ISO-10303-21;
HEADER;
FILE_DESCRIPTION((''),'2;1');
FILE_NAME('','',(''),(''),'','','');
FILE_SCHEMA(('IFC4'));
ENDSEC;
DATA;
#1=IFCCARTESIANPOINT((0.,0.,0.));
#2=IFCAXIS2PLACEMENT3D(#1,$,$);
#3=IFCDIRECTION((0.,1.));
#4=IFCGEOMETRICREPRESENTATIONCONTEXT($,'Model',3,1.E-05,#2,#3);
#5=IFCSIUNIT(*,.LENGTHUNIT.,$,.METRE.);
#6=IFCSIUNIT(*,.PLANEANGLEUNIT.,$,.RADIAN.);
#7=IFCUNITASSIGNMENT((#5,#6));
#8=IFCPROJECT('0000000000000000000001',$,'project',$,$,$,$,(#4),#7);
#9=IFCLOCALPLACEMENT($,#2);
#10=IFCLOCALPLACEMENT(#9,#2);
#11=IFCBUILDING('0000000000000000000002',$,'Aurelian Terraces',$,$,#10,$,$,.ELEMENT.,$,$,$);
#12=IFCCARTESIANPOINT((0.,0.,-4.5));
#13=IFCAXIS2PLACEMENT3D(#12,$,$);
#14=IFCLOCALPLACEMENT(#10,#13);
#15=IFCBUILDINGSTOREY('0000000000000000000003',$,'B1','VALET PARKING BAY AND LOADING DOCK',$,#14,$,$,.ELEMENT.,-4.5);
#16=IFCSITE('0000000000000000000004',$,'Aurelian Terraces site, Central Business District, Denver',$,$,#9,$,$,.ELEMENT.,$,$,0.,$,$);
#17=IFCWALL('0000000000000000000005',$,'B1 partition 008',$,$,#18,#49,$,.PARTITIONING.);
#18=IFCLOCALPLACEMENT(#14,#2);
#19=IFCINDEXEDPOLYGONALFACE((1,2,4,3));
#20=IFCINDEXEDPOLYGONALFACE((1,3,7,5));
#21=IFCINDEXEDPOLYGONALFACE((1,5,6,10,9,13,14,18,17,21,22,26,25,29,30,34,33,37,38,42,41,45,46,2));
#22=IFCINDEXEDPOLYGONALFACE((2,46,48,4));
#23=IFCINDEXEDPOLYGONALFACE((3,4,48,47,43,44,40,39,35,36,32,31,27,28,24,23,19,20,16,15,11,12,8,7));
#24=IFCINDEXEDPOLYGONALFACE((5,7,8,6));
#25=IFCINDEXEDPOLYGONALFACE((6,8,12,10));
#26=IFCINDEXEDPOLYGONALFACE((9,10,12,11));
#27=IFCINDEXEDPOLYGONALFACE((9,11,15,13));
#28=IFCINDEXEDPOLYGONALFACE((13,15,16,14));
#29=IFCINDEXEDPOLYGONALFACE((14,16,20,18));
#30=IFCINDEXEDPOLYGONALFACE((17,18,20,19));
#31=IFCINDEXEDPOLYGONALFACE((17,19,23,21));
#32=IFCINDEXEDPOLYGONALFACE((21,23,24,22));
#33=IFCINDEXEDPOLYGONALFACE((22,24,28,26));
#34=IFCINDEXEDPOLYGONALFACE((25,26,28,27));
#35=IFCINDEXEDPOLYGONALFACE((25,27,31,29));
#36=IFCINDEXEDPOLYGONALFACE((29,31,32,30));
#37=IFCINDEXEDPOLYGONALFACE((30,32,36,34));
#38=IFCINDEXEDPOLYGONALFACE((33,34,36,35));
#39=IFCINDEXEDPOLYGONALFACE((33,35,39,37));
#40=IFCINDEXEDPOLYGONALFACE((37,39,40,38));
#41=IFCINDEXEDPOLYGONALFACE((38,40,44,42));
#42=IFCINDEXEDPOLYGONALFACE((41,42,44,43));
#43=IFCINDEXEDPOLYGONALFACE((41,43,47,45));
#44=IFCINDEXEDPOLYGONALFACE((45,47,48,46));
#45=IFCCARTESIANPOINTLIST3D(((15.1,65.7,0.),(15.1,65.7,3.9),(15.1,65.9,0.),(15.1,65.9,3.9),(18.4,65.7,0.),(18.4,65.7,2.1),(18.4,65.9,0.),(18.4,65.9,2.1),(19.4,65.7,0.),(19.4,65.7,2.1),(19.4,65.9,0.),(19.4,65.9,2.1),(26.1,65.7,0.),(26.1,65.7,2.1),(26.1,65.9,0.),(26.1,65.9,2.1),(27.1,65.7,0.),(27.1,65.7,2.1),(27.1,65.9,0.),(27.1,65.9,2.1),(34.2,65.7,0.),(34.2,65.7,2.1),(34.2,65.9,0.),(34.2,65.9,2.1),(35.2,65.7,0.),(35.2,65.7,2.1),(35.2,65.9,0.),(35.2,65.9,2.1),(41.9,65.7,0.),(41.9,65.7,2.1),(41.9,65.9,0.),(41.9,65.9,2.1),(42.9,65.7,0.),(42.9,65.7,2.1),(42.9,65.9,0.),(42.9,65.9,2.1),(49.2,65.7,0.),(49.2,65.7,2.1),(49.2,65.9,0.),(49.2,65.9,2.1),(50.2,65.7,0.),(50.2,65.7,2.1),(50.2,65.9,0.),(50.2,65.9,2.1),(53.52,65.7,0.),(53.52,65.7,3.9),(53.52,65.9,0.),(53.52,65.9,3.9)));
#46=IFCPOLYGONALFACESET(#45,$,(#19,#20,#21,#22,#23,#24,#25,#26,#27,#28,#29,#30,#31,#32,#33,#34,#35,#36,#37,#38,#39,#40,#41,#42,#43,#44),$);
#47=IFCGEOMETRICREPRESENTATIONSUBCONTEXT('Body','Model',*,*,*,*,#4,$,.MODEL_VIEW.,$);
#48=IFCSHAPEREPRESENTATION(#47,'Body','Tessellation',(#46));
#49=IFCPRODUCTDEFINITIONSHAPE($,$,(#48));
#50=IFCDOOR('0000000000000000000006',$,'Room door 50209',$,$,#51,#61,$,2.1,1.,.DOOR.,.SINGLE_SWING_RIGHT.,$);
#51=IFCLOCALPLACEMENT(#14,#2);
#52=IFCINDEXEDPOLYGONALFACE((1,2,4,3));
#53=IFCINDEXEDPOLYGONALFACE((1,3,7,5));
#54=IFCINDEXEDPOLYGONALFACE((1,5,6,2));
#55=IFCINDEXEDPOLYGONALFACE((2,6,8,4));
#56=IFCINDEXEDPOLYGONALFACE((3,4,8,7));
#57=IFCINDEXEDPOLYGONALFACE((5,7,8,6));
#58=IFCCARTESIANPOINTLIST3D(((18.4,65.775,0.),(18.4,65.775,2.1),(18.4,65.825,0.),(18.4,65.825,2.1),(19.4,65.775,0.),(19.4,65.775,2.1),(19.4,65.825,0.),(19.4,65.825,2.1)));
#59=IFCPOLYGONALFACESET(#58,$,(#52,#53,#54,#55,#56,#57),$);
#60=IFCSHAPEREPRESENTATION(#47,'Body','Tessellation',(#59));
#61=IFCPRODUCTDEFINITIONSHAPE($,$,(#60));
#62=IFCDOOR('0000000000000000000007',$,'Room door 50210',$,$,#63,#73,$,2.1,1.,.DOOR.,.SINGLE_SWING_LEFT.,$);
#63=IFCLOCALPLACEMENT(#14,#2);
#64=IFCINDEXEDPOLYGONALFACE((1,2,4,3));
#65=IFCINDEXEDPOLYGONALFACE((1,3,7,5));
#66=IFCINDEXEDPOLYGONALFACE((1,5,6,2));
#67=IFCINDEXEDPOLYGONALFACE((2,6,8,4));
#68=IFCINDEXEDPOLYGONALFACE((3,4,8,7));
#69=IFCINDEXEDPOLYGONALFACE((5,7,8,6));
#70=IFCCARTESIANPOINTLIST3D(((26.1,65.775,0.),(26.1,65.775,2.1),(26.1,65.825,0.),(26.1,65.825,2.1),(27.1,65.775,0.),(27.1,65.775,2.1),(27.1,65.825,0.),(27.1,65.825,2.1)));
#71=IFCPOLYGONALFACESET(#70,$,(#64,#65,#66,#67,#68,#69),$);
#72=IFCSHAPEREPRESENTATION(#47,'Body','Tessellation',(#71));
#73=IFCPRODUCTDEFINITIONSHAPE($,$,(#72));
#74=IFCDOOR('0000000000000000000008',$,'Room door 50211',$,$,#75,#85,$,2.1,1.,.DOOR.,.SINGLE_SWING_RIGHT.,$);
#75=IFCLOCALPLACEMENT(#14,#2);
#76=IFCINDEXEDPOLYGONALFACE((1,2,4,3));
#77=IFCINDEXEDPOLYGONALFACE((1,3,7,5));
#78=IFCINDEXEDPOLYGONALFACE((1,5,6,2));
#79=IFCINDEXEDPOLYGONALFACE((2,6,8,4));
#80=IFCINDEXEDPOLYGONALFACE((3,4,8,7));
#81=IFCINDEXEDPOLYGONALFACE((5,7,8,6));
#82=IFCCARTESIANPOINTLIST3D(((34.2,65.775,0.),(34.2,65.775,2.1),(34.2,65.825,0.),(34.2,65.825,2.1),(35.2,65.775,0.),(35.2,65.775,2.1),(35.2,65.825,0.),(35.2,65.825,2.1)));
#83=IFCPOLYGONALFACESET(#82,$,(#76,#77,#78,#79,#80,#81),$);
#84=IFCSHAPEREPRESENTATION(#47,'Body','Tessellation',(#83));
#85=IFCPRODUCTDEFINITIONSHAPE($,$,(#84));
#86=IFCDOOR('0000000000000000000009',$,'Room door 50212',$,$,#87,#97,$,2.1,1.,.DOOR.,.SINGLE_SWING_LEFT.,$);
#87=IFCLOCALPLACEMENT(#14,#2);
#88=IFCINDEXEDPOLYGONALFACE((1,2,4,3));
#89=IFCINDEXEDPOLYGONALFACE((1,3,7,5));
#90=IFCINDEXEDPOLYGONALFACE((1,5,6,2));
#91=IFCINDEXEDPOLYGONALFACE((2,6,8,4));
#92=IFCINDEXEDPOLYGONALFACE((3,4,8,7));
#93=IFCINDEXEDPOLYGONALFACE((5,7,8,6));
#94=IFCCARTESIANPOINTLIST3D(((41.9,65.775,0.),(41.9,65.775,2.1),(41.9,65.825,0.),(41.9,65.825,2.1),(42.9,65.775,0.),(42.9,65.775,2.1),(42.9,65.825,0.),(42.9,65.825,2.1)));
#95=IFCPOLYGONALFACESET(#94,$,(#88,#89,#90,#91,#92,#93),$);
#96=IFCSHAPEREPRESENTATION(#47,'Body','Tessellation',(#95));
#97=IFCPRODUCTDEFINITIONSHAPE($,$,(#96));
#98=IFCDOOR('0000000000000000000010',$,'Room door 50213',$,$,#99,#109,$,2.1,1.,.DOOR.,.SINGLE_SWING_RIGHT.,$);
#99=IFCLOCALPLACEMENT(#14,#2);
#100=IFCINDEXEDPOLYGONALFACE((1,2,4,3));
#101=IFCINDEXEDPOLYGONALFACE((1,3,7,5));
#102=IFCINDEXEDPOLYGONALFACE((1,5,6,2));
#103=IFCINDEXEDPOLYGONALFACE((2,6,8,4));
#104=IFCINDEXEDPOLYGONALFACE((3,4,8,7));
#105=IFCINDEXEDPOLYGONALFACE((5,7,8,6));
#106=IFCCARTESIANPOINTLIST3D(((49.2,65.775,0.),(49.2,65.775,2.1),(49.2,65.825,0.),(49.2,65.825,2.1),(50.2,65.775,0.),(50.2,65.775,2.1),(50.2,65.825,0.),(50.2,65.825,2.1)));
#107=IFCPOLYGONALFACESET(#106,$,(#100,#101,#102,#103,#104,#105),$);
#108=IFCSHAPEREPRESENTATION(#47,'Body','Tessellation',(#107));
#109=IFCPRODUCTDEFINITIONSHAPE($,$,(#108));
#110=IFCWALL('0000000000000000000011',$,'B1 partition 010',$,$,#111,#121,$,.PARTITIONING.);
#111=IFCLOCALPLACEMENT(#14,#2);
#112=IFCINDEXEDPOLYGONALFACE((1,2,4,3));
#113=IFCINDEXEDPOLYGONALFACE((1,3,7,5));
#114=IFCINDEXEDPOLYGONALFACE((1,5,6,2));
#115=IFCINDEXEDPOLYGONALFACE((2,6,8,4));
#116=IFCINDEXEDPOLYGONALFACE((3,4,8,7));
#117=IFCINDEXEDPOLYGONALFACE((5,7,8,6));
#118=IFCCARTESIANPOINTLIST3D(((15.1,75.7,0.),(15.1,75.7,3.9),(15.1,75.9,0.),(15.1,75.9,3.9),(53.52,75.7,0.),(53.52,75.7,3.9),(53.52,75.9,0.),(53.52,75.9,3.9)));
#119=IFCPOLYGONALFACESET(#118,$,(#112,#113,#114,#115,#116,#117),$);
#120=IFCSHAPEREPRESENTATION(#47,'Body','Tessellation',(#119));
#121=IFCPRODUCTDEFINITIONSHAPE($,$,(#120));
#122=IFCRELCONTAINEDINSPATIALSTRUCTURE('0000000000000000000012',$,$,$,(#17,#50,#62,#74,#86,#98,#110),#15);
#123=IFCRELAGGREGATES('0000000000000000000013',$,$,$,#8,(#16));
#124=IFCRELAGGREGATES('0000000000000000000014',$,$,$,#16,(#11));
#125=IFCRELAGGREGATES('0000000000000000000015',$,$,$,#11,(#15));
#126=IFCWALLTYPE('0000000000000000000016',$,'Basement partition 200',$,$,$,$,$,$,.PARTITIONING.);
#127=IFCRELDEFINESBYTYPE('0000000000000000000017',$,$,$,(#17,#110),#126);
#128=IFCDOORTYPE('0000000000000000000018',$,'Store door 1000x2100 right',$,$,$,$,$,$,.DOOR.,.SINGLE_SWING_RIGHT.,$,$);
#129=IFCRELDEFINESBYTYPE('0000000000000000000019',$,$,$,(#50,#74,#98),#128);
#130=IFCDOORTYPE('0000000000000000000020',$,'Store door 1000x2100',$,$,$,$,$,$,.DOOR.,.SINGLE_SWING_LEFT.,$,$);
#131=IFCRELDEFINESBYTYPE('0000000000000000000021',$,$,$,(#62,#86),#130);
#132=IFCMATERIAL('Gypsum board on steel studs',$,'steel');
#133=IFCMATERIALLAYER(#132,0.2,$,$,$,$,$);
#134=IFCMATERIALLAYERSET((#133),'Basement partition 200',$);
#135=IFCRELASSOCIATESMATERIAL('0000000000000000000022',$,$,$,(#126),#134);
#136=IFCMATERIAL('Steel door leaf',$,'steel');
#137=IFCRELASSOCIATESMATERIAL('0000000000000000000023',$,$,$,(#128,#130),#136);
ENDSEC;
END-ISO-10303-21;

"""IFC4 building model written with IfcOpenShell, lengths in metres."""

from ifc_helpers import new_model, si_unit, direction, frame, frame_2d, origin, place, context, subcontext, project, spatial, rectangle, extrude, source, transform, mapped, material, layer, layer_set, type_object, element, fill, save


model = new_model("IFC4")

# Units and contexts
model_context = context("Model", 3, precision=1e-05, world=origin(), true_north=direction((0.0, 1.0)))
body_context = subcontext(model_context, "Body", "Model", "MODEL_VIEW")
ifc_project = project(units=[si_unit("LENGTHUNIT", "METRE"), si_unit("PLANEANGLEUNIT", "RADIAN")], contexts=[model_context])

# Site, building, storey
site_placement = place(None, origin())
site = spatial("IfcSite", under=ifc_project, at=site_placement, Name="Aurelian Terraces site, Central Business District, Denver", CompositionType="ELEMENT", RefElevation=0.0)
building_placement = place(site_placement, origin())
building = spatial("IfcBuilding", under=site, at=building_placement, Name="Aurelian Terraces", CompositionType="ELEMENT")
storey_placement = place(building_placement, frame((0.0, 0.0, -4.5)))
storey = spatial("IfcBuildingStorey", under=building, at=storey_placement, Name="B1", Description="VALET PARKING BAY AND LOADING DOCK", CompositionType="ELEMENT", Elevation=-4.5)

# Shared definitions
ifc_material_1 = material(Name="Gypsum board on steel studs", Category="steel")
ifc_layer_1 = layer(ifc_material_1, 0.2)
ifc_layer_set_1 = layer_set([ifc_layer_1], Name="Basement partition 200")
wall_type_1 = type_object("IfcWallType", Name="Basement partition 200", PredefinedType="PARTITIONING", material=ifc_layer_set_1)

# Wall, openings, doors
shared_shape_1 = source(origin(), body_context, "Body", "SweptSolid", [
    extrude(rectangle(XDim=38.42, YDim=0.2, at=frame_2d((19.21, 0.0))), origin(), (0.0, 0.0, 1.0), 3.9),
])
wall_1_placement = place(storey_placement, frame((15.1, 65.8, 0.0), z_axis=(0.0, 0.0, 1.0), x_axis=(1.0, 0.0, 0.0)))
wall_1 = element("IfcWall", 1, at=wall_1_placement, inside=storey, type_object=wall_type_1, Name="B1 partition 008", PredefinedType="PARTITIONING", context=body_context, shape_type="MappedRepresentation", body=[
    mapped(shared_shape_1, transform((0.0, 0.0, 0.0), scale=1.0)),
])
shared_shape_2 = source(origin(), body_context, "Body", "SweptSolid", [
    extrude(rectangle(XDim=1.0, YDim=2.1, at=frame_2d((0.5, 1.05))), frame((0.0, 0.11, 0.0), z_axis=(0.0, -1.0, 0.0), x_axis=(1.0, 0.0, 0.0)), (0.0, 0.0, 1.0), 0.22),
])
opening_1_placement = place(wall_1_placement, frame((3.3, 0.0, 0.0)))
opening_1 = element("IfcOpeningElement", 2, at=opening_1_placement, cuts=wall_1, PredefinedType="OPENING", context=body_context, shape_type="MappedRepresentation", body=[
    mapped(shared_shape_2, transform((0.0, 0.0, 0.0), scale=1.0)),
])
opening_2_placement = place(wall_1_placement, frame((11.0, 0.0, 0.0)))
opening_2 = element("IfcOpeningElement", 3, at=opening_2_placement, cuts=wall_1, PredefinedType="OPENING", context=body_context, shape_type="MappedRepresentation", body=[
    mapped(shared_shape_2, transform((0.0, 0.0, 0.0), scale=1.0)),
])
opening_3_placement = place(wall_1_placement, frame((19.1, 0.0, 0.0)))
opening_3 = element("IfcOpeningElement", 4, at=opening_3_placement, cuts=wall_1, PredefinedType="OPENING", context=body_context, shape_type="MappedRepresentation", body=[
    mapped(shared_shape_2, transform((0.0, 0.0, 0.0), scale=1.0)),
])
opening_4_placement = place(wall_1_placement, frame((26.8, 0.0, 0.0)))
opening_4 = element("IfcOpeningElement", 5, at=opening_4_placement, cuts=wall_1, PredefinedType="OPENING", context=body_context, shape_type="MappedRepresentation", body=[
    mapped(shared_shape_2, transform((0.0, 0.0, 0.0), scale=1.0)),
])
opening_5_placement = place(wall_1_placement, frame((34.1, 0.0, 0.0)))
opening_5 = element("IfcOpeningElement", 6, at=opening_5_placement, cuts=wall_1, PredefinedType="OPENING", context=body_context, shape_type="MappedRepresentation", body=[
    mapped(shared_shape_2, transform((0.0, 0.0, 0.0), scale=1.0)),
])
ifc_material_2 = material(Name="Steel door leaf", Category="steel")
door_type_1 = type_object("IfcDoorType", Name="Store door 1000x2100 right", OperationType="SINGLE_SWING_RIGHT", PredefinedType="DOOR", material=ifc_material_2)
shared_shape_3 = source(origin(), body_context, "Body", "SweptSolid", [
    extrude(rectangle(XDim=1.0, YDim=2.1, at=frame_2d((0.5, 1.05))), frame((0.0, 0.025, 0.0), z_axis=(0.0, -1.0, 0.0), x_axis=(1.0, 0.0, 0.0)), (0.0, 0.0, 1.0), 0.05),
])
door_1_placement = place(opening_1_placement, origin())
door_1 = element("IfcDoor", 7, at=door_1_placement, inside=storey, type_object=door_type_1, Name="Room door 50209", OperationType="SINGLE_SWING_RIGHT", OverallHeight=2.1, OverallWidth=1.0, PredefinedType="DOOR", context=body_context, shape_type="MappedRepresentation", body=[
    mapped(shared_shape_3, transform((0.0, 0.0, 0.0), scale=1.0)),
])
fill(opening_1, door_1)
door_type_2 = type_object("IfcDoorType", Name="Store door 1000x2100", OperationType="SINGLE_SWING_LEFT", PredefinedType="DOOR", material=ifc_material_2)
door_2_placement = place(opening_2_placement, origin())
door_2 = element("IfcDoor", 8, at=door_2_placement, inside=storey, type_object=door_type_2, Name="Room door 50210", OperationType="SINGLE_SWING_LEFT", OverallHeight=2.1, OverallWidth=1.0, PredefinedType="DOOR", context=body_context, shape_type="MappedRepresentation", body=[
    mapped(shared_shape_3, transform((0.0, 0.0, 0.0), scale=1.0)),
])
fill(opening_2, door_2)
door_3_placement = place(opening_3_placement, origin())
door_3 = element("IfcDoor", 9, at=door_3_placement, inside=storey, type_object=door_type_1, Name="Room door 50211", OperationType="SINGLE_SWING_RIGHT", OverallHeight=2.1, OverallWidth=1.0, PredefinedType="DOOR", context=body_context, shape_type="MappedRepresentation", body=[
    mapped(shared_shape_3, transform((0.0, 0.0, 0.0), scale=1.0)),
])
fill(opening_3, door_3)
door_4_placement = place(opening_4_placement, origin())
door_4 = element("IfcDoor", 10, at=door_4_placement, inside=storey, type_object=door_type_2, Name="Room door 50212", OperationType="SINGLE_SWING_LEFT", OverallHeight=2.1, OverallWidth=1.0, PredefinedType="DOOR", context=body_context, shape_type="MappedRepresentation", body=[
    mapped(shared_shape_3, transform((0.0, 0.0, 0.0), scale=1.0)),
])
fill(opening_4, door_4)
door_5_placement = place(opening_5_placement, origin())
door_5 = element("IfcDoor", 11, at=door_5_placement, inside=storey, type_object=door_type_1, Name="Room door 50213", OperationType="SINGLE_SWING_RIGHT", OverallHeight=2.1, OverallWidth=1.0, PredefinedType="DOOR", context=body_context, shape_type="MappedRepresentation", body=[
    mapped(shared_shape_3, transform((0.0, 0.0, 0.0), scale=1.0)),
])
fill(opening_5, door_5)

# Wall
wall_2_placement = place(storey_placement, frame((15.1, 75.8, 0.0), z_axis=(0.0, 0.0, 1.0), x_axis=(1.0, 0.0, 0.0)))
element("IfcWall", 12, at=wall_2_placement, inside=storey, type_object=wall_type_1, Name="B1 partition 010", PredefinedType="PARTITIONING", context=body_context, shape_type="MappedRepresentation", body=[
    mapped(shared_shape_1, transform((0.0, 0.0, 0.0), scale=1.0)),
])

save(model, "model.ifc")
